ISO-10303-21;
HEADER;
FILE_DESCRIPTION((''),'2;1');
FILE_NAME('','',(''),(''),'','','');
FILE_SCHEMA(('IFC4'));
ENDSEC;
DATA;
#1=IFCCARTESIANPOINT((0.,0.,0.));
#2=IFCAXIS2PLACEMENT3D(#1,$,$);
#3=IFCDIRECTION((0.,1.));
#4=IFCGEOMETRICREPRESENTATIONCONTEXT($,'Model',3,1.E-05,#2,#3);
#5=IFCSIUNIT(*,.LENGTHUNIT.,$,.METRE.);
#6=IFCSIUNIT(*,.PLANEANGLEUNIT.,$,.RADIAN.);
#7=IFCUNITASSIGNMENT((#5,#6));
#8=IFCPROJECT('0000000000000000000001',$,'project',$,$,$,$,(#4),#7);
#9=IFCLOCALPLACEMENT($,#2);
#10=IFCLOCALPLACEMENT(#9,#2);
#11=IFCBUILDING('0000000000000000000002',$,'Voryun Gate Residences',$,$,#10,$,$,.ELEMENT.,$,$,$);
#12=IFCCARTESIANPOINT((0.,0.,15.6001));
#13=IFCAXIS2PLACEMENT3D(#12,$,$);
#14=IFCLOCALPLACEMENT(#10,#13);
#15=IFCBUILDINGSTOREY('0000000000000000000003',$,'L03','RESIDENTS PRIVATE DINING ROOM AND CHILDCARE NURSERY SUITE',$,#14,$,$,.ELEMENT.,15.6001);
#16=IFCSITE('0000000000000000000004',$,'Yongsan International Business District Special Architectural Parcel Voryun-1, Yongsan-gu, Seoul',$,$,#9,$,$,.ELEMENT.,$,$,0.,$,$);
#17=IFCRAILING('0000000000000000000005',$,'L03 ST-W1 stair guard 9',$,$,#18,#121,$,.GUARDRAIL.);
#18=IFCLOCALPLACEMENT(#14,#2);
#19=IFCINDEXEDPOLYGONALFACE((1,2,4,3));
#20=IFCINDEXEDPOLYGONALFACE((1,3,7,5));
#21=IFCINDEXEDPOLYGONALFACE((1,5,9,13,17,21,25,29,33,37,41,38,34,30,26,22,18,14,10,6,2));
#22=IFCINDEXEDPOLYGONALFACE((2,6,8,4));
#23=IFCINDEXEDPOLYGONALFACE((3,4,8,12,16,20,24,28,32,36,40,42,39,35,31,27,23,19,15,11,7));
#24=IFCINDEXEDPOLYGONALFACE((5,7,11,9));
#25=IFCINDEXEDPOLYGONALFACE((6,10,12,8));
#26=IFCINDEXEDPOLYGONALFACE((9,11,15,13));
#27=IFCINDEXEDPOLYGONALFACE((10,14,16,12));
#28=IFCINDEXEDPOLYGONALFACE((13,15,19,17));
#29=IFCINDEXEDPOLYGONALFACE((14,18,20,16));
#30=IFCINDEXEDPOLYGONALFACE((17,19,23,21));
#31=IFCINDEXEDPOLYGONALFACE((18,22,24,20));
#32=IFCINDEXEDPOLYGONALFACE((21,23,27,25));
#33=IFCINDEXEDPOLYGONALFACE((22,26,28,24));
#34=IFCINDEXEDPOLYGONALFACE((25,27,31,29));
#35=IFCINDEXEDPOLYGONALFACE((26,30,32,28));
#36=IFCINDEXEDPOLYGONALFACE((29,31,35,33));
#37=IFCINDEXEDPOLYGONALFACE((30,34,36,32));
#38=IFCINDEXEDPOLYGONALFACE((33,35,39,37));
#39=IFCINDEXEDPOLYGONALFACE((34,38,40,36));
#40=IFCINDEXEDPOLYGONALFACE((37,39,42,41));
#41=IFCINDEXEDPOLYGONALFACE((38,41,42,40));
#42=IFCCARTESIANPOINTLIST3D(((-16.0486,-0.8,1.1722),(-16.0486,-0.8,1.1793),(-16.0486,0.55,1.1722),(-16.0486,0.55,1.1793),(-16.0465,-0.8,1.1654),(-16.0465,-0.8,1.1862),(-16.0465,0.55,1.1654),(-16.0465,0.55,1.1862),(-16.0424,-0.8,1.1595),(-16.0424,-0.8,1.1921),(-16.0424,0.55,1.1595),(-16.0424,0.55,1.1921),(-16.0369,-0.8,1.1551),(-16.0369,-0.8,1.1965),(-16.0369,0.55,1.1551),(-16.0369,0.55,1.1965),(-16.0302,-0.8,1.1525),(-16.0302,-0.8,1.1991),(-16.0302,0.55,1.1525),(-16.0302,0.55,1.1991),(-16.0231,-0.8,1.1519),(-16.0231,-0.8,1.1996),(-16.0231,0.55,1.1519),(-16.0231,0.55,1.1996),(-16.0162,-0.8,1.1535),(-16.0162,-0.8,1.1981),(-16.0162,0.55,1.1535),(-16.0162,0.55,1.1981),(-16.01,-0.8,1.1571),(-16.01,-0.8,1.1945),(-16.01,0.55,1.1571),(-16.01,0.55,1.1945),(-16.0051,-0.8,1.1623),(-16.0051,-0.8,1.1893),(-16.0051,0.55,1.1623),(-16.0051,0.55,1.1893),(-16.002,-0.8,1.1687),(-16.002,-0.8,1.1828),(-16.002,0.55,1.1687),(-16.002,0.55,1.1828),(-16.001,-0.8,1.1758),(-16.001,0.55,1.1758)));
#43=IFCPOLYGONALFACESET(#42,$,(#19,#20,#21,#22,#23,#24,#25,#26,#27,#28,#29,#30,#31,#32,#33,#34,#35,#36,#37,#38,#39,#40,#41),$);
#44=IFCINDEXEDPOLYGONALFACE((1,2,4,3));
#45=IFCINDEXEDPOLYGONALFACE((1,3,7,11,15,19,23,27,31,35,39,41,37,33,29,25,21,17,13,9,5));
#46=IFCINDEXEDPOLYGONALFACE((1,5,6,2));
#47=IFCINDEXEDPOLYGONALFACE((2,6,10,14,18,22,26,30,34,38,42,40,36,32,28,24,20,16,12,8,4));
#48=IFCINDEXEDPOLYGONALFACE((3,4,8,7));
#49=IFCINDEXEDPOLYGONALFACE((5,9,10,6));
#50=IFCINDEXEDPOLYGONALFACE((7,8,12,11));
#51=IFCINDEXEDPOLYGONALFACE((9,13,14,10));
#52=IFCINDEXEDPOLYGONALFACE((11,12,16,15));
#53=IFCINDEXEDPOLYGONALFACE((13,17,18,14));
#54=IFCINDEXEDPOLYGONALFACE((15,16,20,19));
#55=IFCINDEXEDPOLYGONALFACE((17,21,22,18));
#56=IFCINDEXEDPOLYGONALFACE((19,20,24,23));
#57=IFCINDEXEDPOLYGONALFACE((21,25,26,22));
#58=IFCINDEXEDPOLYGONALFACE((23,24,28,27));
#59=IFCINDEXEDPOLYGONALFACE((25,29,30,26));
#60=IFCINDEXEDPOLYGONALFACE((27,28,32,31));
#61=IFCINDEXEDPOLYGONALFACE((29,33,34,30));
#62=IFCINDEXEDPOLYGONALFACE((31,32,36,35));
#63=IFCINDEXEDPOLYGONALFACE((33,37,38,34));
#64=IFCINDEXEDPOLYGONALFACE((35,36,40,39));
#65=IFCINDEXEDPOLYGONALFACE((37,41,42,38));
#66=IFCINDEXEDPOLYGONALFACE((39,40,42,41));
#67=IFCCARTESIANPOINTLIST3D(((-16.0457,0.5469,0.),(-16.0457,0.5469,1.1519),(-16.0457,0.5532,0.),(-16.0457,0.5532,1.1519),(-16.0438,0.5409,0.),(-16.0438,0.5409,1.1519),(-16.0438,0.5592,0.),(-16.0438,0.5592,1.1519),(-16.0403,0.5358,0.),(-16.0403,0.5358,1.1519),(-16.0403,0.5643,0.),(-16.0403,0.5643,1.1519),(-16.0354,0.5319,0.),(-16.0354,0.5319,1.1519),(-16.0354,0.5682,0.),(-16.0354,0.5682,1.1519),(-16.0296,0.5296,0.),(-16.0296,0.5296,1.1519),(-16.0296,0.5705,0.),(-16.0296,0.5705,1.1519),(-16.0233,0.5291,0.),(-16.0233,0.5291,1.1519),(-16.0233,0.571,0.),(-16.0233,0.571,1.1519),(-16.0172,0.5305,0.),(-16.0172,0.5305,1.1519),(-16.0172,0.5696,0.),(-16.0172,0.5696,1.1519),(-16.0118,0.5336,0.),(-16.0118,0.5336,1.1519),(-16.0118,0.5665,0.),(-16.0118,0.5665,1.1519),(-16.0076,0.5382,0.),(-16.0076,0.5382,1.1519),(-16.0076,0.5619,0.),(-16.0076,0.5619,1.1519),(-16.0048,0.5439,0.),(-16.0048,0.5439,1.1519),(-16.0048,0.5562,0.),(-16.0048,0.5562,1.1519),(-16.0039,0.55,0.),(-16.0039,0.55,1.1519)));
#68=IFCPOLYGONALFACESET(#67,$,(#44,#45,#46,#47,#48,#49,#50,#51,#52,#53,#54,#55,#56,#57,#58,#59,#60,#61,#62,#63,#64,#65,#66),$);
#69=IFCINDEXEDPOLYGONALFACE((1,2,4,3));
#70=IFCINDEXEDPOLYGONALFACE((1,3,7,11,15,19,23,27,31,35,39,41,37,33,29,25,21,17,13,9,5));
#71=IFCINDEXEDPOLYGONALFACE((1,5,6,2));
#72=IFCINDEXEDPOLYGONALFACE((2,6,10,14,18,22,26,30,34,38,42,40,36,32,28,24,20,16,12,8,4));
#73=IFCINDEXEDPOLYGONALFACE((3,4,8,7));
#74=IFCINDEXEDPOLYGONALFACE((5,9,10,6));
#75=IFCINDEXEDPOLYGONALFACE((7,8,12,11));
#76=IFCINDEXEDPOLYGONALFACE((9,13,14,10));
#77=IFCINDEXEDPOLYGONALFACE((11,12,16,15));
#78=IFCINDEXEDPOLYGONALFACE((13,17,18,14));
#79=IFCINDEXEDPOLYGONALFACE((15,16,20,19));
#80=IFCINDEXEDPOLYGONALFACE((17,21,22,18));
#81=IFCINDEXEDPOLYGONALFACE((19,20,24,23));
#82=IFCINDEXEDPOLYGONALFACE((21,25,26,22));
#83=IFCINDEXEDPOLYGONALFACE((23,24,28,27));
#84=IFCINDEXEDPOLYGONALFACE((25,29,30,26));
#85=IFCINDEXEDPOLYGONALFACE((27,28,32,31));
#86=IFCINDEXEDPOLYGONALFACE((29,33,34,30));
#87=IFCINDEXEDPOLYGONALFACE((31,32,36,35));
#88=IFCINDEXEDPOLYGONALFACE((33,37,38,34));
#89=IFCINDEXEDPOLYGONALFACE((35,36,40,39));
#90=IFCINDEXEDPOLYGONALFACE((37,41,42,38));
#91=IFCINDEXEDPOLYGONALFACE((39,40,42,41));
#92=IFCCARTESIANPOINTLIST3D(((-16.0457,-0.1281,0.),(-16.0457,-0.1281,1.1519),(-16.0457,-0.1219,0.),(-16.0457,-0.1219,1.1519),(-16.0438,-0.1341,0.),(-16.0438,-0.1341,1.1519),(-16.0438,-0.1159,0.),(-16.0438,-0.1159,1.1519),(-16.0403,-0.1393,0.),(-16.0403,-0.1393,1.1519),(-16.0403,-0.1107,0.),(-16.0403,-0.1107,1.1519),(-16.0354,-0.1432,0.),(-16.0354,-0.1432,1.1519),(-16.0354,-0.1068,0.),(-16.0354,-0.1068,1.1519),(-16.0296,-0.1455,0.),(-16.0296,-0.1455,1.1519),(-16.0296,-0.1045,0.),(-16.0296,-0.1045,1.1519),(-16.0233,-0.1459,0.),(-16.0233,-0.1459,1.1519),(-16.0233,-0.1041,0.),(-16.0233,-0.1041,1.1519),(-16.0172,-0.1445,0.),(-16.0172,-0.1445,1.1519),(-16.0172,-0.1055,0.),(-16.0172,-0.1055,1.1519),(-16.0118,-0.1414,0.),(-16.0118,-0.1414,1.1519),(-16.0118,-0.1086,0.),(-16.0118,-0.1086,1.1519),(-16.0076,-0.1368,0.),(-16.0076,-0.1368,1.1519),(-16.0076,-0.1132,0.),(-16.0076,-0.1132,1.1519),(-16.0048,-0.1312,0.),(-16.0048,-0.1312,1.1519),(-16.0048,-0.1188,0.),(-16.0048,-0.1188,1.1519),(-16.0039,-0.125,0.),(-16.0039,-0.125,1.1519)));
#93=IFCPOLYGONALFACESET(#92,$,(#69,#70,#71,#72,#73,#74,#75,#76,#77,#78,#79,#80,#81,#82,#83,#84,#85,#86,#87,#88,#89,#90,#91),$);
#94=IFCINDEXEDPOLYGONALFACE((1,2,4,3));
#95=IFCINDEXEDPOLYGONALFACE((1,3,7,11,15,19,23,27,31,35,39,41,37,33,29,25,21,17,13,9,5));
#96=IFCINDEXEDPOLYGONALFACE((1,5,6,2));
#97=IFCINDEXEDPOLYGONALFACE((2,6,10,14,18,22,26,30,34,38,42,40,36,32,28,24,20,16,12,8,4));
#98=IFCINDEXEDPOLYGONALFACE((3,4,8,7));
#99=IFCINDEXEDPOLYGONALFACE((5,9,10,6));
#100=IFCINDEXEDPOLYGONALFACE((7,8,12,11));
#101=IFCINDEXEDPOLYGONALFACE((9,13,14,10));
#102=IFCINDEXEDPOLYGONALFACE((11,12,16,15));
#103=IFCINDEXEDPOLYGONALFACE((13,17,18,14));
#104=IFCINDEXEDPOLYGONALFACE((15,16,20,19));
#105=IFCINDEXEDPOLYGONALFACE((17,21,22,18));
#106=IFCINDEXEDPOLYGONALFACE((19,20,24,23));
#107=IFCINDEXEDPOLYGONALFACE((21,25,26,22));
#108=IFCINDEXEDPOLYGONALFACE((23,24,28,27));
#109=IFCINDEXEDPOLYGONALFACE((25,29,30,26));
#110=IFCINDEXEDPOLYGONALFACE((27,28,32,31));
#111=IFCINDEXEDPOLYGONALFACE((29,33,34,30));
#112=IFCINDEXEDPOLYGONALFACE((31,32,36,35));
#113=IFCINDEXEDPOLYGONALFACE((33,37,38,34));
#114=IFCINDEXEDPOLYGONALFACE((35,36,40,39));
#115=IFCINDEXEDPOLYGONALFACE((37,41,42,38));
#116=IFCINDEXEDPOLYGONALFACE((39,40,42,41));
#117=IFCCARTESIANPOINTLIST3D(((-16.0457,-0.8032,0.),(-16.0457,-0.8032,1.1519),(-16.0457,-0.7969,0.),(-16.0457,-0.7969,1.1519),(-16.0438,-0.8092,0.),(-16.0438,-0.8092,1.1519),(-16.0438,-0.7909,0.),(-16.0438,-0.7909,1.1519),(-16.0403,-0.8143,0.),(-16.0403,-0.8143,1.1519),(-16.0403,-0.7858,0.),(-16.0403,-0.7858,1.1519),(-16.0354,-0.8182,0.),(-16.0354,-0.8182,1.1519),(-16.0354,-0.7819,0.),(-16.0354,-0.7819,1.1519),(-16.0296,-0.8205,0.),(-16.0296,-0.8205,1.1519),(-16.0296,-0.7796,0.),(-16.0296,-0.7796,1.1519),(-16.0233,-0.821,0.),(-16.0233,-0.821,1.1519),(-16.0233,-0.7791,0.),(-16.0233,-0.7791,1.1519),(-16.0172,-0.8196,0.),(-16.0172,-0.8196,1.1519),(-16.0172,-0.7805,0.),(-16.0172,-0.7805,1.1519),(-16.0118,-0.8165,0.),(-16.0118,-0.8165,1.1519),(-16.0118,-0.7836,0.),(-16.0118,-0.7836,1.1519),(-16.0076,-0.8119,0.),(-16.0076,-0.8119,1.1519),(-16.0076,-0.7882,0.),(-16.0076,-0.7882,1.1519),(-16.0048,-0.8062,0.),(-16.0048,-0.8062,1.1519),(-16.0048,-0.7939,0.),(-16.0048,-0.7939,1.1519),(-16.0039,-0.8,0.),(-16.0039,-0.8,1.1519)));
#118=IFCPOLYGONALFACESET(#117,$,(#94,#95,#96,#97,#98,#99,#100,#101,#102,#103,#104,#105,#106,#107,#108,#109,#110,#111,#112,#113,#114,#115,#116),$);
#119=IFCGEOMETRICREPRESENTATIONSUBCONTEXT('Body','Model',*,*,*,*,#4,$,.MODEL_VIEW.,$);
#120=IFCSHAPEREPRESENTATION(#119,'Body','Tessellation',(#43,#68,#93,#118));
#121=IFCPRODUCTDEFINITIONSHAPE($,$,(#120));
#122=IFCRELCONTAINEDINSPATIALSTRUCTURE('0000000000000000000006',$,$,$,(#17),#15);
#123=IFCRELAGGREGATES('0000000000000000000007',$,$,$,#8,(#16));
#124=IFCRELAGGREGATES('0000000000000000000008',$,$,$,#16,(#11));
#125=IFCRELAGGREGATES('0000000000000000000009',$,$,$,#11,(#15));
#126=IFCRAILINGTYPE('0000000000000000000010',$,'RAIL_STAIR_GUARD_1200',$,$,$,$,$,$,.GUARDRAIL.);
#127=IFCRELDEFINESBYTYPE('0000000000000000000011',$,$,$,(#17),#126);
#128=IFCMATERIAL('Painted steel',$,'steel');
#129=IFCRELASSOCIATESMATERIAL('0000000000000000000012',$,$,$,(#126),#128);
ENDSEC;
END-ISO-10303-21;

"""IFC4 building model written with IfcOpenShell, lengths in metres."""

from ifc_helpers import new_model, si_unit, direction, frame, origin, origin_2d, place, context, subcontext, project, spatial, circle, extrude, material, type_object, element, save


model = new_model("IFC4")

# Units and contexts
model_context = context("Model", 3, precision=1e-05, world=origin(), true_north=direction((0.0, 1.0)))
body_context = subcontext(model_context, "Body", "Model", "MODEL_VIEW")
ifc_project = project(units=[si_unit("LENGTHUNIT", "METRE"), si_unit("PLANEANGLEUNIT", "RADIAN")], contexts=[model_context])

# Site, building, storey
site_placement = place(None, origin())
site = spatial("IfcSite", under=ifc_project, at=site_placement, Name="Yongsan International Business District Special Architectural Parcel Voryun-1, Yongsan-gu, Seoul", CompositionType="ELEMENT", RefElevation=0.0)
building_placement = place(site_placement, origin())
building = spatial("IfcBuilding", under=site, at=building_placement, Name="Voryun Gate Residences", CompositionType="ELEMENT")
storey_placement = place(building_placement, frame((0.0, 0.0, 15.6001)))
storey = spatial("IfcBuildingStorey", under=building, at=storey_placement, Name="L03", Description="RESIDENTS PRIVATE DINING ROOM AND CHILDCARE NURSERY SUITE", CompositionType="ELEMENT", Elevation=15.6001)

# Railing
ifc_material_1 = material(Name="Painted steel", Category="steel")
railing_type_1 = type_object("IfcRailingType", Name="RAIL_STAIR_GUARD_1200", PredefinedType="GUARDRAIL", material=ifc_material_1)
for number, where, name in (
    (1, (-16.0249, 0.55, 0.0), "L03 ST-W1 stair guard 9"),
):
    element("IfcRailing", number, at=place(storey_placement, frame(where)), inside=storey, type_object=railing_type_1, Name=name, PredefinedType="GUARDRAIL", context=body_context, shape_type="SweptSolid", body=[
        extrude(circle(Radius=0.0239, at=origin_2d()), frame((0.0, 0.0, 1.1758), z_axis=(0.0, -1.0, 0.0), x_axis=(1.0, 0.0, 0.0)), (0.0, 0.0, 1.0), 1.3501),
        extrude(circle(Radius=0.021, at=origin_2d()), origin(), (0.0, 0.0, 1.0), 1.1519),
        extrude(circle(Radius=0.021, at=origin_2d()), frame((0.0, -0.675, 0.0)), (0.0, 0.0, 1.0), 1.1519),
        extrude(circle(Radius=0.021, at=origin_2d()), frame((0.0, -1.3501, 0.0)), (0.0, 0.0, 1.0), 1.1519),
    ])

save(model, "model.ifc")
